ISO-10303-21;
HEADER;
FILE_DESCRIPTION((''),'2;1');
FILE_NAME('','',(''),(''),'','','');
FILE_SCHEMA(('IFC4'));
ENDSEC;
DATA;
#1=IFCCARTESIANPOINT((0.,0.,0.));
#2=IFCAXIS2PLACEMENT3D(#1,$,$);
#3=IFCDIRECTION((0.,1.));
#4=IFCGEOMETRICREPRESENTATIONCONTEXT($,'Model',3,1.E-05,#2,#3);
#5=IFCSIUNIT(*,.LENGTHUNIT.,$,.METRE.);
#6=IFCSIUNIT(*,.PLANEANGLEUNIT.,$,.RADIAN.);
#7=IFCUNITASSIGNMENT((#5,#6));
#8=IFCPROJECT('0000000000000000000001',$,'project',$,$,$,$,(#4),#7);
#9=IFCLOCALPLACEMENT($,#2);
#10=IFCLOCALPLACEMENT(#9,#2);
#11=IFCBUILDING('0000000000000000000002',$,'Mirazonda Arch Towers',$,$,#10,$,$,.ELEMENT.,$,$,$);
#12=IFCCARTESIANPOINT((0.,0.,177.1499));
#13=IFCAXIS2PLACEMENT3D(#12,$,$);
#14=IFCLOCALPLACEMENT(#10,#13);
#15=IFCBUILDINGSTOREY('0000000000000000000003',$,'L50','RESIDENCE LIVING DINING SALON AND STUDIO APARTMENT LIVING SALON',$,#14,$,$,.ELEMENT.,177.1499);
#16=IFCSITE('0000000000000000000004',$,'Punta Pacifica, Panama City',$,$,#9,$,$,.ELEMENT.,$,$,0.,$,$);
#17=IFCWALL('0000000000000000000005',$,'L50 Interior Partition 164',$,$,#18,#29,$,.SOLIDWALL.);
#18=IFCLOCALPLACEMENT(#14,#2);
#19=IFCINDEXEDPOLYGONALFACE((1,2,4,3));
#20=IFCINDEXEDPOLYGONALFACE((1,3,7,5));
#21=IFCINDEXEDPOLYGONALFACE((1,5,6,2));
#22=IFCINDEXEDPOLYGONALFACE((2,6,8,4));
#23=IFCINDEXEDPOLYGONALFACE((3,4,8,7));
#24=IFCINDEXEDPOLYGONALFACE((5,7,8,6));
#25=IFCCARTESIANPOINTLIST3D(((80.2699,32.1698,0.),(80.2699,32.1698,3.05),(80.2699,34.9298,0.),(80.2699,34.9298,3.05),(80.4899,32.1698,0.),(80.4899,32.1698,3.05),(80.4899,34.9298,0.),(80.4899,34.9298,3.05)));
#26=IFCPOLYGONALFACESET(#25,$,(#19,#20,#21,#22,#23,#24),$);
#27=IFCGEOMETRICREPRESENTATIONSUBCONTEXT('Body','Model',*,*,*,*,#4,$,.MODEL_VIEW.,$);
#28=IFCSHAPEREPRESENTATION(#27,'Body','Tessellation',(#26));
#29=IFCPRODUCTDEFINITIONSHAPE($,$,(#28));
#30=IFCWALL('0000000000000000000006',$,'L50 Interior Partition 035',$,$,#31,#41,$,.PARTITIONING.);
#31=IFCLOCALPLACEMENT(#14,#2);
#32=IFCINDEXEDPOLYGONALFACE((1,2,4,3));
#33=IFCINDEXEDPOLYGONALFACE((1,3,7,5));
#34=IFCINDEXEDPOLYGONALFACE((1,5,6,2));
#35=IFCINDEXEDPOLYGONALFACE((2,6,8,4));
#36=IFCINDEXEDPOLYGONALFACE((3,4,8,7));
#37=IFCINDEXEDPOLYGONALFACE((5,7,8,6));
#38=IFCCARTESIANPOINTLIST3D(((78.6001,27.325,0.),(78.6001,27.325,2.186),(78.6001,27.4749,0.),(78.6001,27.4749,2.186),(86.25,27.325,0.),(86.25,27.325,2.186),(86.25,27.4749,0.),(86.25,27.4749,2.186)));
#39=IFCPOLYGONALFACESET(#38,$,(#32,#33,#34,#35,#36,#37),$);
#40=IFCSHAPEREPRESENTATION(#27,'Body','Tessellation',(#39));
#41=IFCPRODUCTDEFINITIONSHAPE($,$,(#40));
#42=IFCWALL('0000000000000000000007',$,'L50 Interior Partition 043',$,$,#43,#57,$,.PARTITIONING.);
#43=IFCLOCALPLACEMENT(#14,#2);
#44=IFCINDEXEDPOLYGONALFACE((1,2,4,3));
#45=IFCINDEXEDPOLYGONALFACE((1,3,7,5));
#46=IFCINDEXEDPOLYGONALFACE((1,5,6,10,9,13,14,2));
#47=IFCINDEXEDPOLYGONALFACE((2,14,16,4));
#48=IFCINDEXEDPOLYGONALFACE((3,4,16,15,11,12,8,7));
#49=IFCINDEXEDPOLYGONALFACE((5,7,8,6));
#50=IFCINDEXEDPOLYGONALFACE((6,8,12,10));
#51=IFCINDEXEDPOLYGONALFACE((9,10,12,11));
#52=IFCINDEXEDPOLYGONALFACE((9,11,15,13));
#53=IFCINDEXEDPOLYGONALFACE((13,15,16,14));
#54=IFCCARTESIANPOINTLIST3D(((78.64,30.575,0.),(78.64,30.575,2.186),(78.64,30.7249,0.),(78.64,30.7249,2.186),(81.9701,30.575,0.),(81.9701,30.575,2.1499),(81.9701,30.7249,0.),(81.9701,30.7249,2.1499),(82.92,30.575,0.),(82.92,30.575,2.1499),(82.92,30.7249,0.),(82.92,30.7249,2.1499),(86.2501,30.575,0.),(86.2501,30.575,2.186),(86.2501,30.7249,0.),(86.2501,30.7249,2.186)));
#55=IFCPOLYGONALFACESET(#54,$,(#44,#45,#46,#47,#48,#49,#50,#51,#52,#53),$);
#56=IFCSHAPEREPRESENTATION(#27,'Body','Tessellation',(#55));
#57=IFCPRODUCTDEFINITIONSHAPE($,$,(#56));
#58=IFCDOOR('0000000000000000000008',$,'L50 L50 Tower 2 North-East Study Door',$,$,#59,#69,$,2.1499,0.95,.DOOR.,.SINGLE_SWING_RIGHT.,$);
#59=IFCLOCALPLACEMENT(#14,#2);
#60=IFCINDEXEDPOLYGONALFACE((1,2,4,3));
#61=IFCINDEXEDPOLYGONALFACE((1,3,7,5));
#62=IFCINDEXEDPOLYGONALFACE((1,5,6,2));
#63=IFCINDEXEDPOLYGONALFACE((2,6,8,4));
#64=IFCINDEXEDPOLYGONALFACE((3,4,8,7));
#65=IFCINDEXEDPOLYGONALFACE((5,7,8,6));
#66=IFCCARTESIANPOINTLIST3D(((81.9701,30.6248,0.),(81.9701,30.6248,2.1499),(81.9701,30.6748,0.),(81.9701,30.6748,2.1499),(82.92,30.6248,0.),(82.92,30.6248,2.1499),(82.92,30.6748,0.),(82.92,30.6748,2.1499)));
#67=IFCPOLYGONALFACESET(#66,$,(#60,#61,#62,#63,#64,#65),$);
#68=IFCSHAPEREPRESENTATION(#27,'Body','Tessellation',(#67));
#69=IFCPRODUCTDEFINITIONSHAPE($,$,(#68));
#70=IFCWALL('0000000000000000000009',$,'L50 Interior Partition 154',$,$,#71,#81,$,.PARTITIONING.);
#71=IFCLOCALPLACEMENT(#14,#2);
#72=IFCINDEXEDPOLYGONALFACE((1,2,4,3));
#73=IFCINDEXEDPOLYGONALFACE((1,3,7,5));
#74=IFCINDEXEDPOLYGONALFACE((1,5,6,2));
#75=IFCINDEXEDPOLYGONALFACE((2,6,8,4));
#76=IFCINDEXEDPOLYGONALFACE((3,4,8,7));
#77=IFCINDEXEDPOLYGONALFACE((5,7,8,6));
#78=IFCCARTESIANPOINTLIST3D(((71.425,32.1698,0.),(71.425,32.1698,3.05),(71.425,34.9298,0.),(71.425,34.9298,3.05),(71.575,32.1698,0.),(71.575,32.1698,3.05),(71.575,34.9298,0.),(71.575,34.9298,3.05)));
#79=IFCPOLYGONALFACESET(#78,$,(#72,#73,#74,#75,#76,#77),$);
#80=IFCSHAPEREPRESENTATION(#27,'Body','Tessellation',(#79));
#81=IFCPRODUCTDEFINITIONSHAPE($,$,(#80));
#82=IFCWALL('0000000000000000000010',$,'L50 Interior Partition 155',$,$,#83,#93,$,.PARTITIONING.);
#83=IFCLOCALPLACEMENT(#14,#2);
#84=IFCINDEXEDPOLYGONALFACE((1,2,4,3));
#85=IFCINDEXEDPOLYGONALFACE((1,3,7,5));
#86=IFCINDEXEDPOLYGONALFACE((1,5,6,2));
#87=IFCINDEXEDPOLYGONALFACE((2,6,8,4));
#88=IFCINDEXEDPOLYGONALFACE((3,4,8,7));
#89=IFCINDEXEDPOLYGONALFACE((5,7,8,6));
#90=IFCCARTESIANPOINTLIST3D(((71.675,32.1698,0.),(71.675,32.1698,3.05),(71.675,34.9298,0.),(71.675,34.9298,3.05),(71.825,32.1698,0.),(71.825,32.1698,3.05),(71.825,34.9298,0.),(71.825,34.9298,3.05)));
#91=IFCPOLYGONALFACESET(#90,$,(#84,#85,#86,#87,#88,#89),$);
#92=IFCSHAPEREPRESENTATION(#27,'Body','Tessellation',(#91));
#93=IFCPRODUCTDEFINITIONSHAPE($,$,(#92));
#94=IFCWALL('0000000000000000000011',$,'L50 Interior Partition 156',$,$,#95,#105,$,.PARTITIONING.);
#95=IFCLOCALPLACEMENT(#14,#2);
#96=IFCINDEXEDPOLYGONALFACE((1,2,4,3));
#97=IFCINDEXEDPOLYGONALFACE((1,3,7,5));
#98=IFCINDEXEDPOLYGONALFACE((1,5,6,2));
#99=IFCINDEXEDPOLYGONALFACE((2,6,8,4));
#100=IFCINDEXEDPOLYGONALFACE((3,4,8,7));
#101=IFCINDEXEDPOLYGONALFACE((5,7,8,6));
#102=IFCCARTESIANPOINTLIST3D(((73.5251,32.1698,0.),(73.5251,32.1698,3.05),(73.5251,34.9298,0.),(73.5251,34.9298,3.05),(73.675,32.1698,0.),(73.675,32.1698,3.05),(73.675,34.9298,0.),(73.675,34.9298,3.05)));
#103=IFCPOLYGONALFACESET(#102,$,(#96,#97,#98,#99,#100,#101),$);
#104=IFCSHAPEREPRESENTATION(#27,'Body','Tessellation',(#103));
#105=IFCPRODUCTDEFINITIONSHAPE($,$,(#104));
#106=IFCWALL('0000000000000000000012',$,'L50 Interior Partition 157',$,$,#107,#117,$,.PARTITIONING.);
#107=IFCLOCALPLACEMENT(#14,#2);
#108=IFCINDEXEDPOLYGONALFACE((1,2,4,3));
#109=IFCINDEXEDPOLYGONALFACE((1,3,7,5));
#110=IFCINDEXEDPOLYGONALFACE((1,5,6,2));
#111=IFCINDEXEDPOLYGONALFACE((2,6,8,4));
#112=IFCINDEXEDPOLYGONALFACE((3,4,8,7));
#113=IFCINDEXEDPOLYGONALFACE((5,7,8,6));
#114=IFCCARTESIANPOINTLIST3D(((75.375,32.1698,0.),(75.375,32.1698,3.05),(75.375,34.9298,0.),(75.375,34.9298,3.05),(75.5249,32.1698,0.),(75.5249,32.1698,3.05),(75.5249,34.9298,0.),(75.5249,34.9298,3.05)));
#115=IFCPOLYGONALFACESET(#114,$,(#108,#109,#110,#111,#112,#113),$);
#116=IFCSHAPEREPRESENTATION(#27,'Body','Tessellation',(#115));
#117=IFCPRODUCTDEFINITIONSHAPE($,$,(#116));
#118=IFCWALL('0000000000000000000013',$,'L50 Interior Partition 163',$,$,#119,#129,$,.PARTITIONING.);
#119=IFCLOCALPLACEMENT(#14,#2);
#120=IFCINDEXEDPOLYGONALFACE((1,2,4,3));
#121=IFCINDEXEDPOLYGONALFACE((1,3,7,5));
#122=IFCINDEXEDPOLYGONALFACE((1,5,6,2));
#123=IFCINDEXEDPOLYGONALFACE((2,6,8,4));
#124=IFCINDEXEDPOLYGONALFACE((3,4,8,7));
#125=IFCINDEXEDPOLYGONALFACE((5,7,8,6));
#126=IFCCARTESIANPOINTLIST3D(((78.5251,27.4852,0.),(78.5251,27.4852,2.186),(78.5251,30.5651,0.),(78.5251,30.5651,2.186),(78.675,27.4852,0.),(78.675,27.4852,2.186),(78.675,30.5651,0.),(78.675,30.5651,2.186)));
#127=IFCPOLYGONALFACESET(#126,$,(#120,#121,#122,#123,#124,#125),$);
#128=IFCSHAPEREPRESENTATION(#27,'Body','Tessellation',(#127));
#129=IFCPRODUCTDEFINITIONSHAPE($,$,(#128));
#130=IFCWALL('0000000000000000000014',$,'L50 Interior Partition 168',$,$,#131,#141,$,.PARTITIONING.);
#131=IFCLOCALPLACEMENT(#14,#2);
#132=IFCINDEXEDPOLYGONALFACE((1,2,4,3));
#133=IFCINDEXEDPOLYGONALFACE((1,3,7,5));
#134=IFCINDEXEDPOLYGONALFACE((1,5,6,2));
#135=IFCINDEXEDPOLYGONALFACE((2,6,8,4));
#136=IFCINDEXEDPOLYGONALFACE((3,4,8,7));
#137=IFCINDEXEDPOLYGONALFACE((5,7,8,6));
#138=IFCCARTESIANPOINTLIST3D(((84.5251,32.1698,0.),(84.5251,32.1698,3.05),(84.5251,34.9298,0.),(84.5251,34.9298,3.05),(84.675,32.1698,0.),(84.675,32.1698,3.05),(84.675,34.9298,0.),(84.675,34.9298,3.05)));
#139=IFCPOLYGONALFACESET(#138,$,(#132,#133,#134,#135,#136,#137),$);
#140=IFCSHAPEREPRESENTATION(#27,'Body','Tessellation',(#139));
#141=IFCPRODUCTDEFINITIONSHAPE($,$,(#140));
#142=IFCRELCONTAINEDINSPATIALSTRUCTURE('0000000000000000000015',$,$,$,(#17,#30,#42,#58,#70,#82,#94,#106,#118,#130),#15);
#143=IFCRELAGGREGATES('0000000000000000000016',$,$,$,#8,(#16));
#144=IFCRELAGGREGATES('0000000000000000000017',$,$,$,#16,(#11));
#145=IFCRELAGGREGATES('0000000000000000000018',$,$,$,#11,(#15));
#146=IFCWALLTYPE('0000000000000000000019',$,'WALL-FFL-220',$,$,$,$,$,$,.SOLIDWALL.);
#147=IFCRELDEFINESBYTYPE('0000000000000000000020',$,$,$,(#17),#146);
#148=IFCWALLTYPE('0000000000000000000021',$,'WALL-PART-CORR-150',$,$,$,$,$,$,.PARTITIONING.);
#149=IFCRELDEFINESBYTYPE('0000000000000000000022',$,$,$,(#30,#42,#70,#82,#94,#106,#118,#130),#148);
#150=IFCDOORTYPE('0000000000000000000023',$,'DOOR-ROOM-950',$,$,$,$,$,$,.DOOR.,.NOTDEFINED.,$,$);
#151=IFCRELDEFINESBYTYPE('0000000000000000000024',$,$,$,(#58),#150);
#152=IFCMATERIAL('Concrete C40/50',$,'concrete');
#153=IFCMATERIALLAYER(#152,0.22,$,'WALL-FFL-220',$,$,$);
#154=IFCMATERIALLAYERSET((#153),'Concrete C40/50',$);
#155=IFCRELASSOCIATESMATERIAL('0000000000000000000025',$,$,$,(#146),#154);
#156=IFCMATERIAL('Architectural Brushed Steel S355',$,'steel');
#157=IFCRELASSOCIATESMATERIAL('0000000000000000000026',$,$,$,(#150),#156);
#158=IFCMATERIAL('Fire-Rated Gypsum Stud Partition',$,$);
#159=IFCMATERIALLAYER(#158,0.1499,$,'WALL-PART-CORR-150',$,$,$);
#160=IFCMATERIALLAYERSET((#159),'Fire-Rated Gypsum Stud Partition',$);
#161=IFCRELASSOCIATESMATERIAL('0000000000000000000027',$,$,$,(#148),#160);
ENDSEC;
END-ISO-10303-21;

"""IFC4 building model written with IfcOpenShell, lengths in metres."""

from ifc_helpers import new_model, si_unit, direction, frame, frame_2d, origin, place, context, subcontext, project, spatial, rectangle, extrude, material, layer, layer_set, type_object, element, fill, save


model = new_model("IFC4")

# Units and contexts
model_context = context("Model", 3, precision=1e-05, world=origin(), true_north=direction((0.0, 1.0)))
body_context = subcontext(model_context, "Body", "Model", "MODEL_VIEW")
ifc_project = project(units=[si_unit("LENGTHUNIT", "METRE"), si_unit("PLANEANGLEUNIT", "RADIAN")], contexts=[model_context])

# Site, building, storey
site_placement = place(None, origin())
site = spatial("IfcSite", under=ifc_project, at=site_placement, Name="Punta Pacifica, Panama City", CompositionType="ELEMENT", RefElevation=0.0)
building_placement = place(site_placement, origin())
building = spatial("IfcBuilding", under=site, at=building_placement, Name="Mirazonda Arch Towers", CompositionType="ELEMENT")
storey_placement = place(building_placement, frame((0.0, 0.0, 177.1499)))
storey = spatial("IfcBuildingStorey", under=building, at=storey_placement, Name="L50", Description="RESIDENCE LIVING DINING SALON AND STUDIO APARTMENT LIVING SALON", CompositionType="ELEMENT", Elevation=177.1499)

# Shared definitions
ifc_material_1 = material(Name="Concrete C40/50", Category="concrete")
ifc_layer_1 = layer(ifc_material_1, 0.22, Name="WALL-FFL-220")
ifc_layer_set_1 = layer_set([ifc_layer_1], Name="Concrete C40/50")
wall_type_1 = type_object("IfcWallType", Name="WALL-FFL-220", PredefinedType="SOLIDWALL", material=ifc_layer_set_1)
ifc_material_2 = material(Name="Architectural Brushed Steel S355", Category="steel")
door_type_1 = type_object("IfcDoorType", Name="DOOR-ROOM-950", OperationType="NOTDEFINED", PredefinedType="DOOR", material=ifc_material_2)

# Walls
wall_1_placement = place(storey_placement, frame((80.3799, 32.1699, 0.0), z_axis=(0.0, 0.0, 1.0), x_axis=(0.0, 1.0, 0.0)))
element("IfcWall", 1, at=wall_1_placement, inside=storey, type_object=wall_type_1, Name="L50 Interior Partition 164", PredefinedType="SOLIDWALL", context=body_context, shape_type="SweptSolid", body=[
    extrude(rectangle(XDim=2.76, YDim=0.22, at=frame_2d((1.3799, 0.0))), origin(), (0.0, 0.0, 1.0), 3.05),
])
ifc_material_3 = material(Name="Fire-Rated Gypsum Stud Partition")
ifc_layer_2 = layer(ifc_material_3, 0.1499, Name="WALL-PART-CORR-150")
ifc_layer_set_2 = layer_set([ifc_layer_2], Name="Fire-Rated Gypsum Stud Partition")
wall_type_2 = type_object("IfcWallType", Name="WALL-PART-CORR-150", PredefinedType="PARTITIONING", material=ifc_layer_set_2)
wall_2_placement = place(storey_placement, frame((78.6001, 27.3999, 0.0), z_axis=(0.0, 0.0, 1.0), x_axis=(1.0, 0.0, 0.0)))
element("IfcWall", 2, at=wall_2_placement, inside=storey, type_object=wall_type_2, Name="L50 Interior Partition 035", PredefinedType="PARTITIONING", context=body_context, shape_type="SweptSolid", body=[
    extrude(rectangle(XDim=7.6499, YDim=0.1499, at=frame_2d((3.825, 0.0))), origin(), (0.0, 0.0, 1.0), 2.186),
])

# Wall, opening, door
wall_3_placement = place(storey_placement, frame((78.6399, 30.6499, 0.0), z_axis=(0.0, 0.0, 1.0), x_axis=(1.0, 0.0, 0.0)))
wall_3 = element("IfcWall", 3, at=wall_3_placement, inside=storey, type_object=wall_type_2, Name="L50 Interior Partition 043", PredefinedType="PARTITIONING", context=body_context, shape_type="SweptSolid", body=[
    extrude(rectangle(XDim=7.6101, YDim=0.1499, at=frame_2d((3.8052, 0.0))), origin(), (0.0, 0.0, 1.0), 2.186),
])
opening_1_placement = place(wall_3_placement, frame((3.3301, 0.0, 0.0)))
opening_1 = element("IfcOpeningElement", 4, at=opening_1_placement, cuts=wall_3, PredefinedType="OPENING", context=body_context, shape_type="SweptSolid", body=[
    extrude(rectangle(XDim=0.95, YDim=2.1499, at=frame_2d((0.4751, 1.075))), frame((0.0, 0.085, 0.0), z_axis=(0.0, -1.0, 0.0), x_axis=(1.0, 0.0, 0.0)), (0.0, 0.0, 1.0), 0.1699),
])
door_1_placement = place(opening_1_placement, origin())
door_1 = element("IfcDoor", 5, at=door_1_placement, inside=storey, type_object=door_type_1, Name="L50 L50 Tower 2 North-East Study Door", OperationType="SINGLE_SWING_RIGHT", OverallHeight=2.1499, OverallWidth=0.95, PredefinedType="DOOR", context=body_context, shape_type="SweptSolid", body=[
    extrude(rectangle(XDim=0.95, YDim=2.1499, at=frame_2d((0.4751, 1.075))), frame((0.0, 0.0249, 0.0), z_axis=(0.0, -1.0, 0.0), x_axis=(1.0, 0.0, 0.0)), (0.0, 0.0, 1.0), 0.05),
])
fill(opening_1, door_1)

# Walls
for number, where, z_axis, x_axis, name in (
    (6, (71.5, 32.1699, 0.0), (0.0, 0.0, 1.0), (0.0, 1.0, 0.0), "L50 Interior Partition 154"),
    (7, (71.75, 32.1699, 0.0), (0.0, 0.0, 1.0), (0.0, 1.0, 0.0), "L50 Interior Partition 155"),
    (8, (73.6001, 32.1699, 0.0), (0.0, 0.0, 1.0), (0.0, 1.0, 0.0), "L50 Interior Partition 156"),
    (9, (75.45, 32.1699, 0.0), (0.0, 0.0, 1.0), (0.0, 1.0, 0.0), "L50 Interior Partition 157"),
):
    element("IfcWall", number, at=place(storey_placement, frame(where, z_axis=z_axis, x_axis=x_axis)), inside=storey, type_object=wall_type_2, Name=name, PredefinedType="PARTITIONING", context=body_context, shape_type="SweptSolid", body=[
        extrude(rectangle(XDim=2.76, YDim=0.1499, at=frame_2d((1.3799, 0.0))), origin(), (0.0, 0.0, 1.0), 3.05),
    ])
wall_4_placement = place(storey_placement, frame((78.6001, 27.4851, 0.0), z_axis=(0.0, 0.0, 1.0), x_axis=(0.0, 1.0, 0.0)))
element("IfcWall", 10, at=wall_4_placement, inside=storey, type_object=wall_type_2, Name="L50 Interior Partition 163", PredefinedType="PARTITIONING", context=body_context, shape_type="SweptSolid", body=[
    extrude(rectangle(XDim=3.0798, YDim=0.1499, at=frame_2d((1.54, 0.0))), origin(), (0.0, 0.0, 1.0), 2.186),
])
wall_5_placement = place(storey_placement, frame((84.6001, 32.1699, 0.0), z_axis=(0.0, 0.0, 1.0), x_axis=(0.0, 1.0, 0.0)))
element("IfcWall", 11, at=wall_5_placement, inside=storey, type_object=wall_type_2, Name="L50 Interior Partition 168", PredefinedType="PARTITIONING", context=body_context, shape_type="SweptSolid", body=[
    extrude(rectangle(XDim=2.76, YDim=0.1499, at=frame_2d((1.3799, 0.0))), origin(), (0.0, 0.0, 1.0), 3.05),
])

save(model, "model.ifc")
